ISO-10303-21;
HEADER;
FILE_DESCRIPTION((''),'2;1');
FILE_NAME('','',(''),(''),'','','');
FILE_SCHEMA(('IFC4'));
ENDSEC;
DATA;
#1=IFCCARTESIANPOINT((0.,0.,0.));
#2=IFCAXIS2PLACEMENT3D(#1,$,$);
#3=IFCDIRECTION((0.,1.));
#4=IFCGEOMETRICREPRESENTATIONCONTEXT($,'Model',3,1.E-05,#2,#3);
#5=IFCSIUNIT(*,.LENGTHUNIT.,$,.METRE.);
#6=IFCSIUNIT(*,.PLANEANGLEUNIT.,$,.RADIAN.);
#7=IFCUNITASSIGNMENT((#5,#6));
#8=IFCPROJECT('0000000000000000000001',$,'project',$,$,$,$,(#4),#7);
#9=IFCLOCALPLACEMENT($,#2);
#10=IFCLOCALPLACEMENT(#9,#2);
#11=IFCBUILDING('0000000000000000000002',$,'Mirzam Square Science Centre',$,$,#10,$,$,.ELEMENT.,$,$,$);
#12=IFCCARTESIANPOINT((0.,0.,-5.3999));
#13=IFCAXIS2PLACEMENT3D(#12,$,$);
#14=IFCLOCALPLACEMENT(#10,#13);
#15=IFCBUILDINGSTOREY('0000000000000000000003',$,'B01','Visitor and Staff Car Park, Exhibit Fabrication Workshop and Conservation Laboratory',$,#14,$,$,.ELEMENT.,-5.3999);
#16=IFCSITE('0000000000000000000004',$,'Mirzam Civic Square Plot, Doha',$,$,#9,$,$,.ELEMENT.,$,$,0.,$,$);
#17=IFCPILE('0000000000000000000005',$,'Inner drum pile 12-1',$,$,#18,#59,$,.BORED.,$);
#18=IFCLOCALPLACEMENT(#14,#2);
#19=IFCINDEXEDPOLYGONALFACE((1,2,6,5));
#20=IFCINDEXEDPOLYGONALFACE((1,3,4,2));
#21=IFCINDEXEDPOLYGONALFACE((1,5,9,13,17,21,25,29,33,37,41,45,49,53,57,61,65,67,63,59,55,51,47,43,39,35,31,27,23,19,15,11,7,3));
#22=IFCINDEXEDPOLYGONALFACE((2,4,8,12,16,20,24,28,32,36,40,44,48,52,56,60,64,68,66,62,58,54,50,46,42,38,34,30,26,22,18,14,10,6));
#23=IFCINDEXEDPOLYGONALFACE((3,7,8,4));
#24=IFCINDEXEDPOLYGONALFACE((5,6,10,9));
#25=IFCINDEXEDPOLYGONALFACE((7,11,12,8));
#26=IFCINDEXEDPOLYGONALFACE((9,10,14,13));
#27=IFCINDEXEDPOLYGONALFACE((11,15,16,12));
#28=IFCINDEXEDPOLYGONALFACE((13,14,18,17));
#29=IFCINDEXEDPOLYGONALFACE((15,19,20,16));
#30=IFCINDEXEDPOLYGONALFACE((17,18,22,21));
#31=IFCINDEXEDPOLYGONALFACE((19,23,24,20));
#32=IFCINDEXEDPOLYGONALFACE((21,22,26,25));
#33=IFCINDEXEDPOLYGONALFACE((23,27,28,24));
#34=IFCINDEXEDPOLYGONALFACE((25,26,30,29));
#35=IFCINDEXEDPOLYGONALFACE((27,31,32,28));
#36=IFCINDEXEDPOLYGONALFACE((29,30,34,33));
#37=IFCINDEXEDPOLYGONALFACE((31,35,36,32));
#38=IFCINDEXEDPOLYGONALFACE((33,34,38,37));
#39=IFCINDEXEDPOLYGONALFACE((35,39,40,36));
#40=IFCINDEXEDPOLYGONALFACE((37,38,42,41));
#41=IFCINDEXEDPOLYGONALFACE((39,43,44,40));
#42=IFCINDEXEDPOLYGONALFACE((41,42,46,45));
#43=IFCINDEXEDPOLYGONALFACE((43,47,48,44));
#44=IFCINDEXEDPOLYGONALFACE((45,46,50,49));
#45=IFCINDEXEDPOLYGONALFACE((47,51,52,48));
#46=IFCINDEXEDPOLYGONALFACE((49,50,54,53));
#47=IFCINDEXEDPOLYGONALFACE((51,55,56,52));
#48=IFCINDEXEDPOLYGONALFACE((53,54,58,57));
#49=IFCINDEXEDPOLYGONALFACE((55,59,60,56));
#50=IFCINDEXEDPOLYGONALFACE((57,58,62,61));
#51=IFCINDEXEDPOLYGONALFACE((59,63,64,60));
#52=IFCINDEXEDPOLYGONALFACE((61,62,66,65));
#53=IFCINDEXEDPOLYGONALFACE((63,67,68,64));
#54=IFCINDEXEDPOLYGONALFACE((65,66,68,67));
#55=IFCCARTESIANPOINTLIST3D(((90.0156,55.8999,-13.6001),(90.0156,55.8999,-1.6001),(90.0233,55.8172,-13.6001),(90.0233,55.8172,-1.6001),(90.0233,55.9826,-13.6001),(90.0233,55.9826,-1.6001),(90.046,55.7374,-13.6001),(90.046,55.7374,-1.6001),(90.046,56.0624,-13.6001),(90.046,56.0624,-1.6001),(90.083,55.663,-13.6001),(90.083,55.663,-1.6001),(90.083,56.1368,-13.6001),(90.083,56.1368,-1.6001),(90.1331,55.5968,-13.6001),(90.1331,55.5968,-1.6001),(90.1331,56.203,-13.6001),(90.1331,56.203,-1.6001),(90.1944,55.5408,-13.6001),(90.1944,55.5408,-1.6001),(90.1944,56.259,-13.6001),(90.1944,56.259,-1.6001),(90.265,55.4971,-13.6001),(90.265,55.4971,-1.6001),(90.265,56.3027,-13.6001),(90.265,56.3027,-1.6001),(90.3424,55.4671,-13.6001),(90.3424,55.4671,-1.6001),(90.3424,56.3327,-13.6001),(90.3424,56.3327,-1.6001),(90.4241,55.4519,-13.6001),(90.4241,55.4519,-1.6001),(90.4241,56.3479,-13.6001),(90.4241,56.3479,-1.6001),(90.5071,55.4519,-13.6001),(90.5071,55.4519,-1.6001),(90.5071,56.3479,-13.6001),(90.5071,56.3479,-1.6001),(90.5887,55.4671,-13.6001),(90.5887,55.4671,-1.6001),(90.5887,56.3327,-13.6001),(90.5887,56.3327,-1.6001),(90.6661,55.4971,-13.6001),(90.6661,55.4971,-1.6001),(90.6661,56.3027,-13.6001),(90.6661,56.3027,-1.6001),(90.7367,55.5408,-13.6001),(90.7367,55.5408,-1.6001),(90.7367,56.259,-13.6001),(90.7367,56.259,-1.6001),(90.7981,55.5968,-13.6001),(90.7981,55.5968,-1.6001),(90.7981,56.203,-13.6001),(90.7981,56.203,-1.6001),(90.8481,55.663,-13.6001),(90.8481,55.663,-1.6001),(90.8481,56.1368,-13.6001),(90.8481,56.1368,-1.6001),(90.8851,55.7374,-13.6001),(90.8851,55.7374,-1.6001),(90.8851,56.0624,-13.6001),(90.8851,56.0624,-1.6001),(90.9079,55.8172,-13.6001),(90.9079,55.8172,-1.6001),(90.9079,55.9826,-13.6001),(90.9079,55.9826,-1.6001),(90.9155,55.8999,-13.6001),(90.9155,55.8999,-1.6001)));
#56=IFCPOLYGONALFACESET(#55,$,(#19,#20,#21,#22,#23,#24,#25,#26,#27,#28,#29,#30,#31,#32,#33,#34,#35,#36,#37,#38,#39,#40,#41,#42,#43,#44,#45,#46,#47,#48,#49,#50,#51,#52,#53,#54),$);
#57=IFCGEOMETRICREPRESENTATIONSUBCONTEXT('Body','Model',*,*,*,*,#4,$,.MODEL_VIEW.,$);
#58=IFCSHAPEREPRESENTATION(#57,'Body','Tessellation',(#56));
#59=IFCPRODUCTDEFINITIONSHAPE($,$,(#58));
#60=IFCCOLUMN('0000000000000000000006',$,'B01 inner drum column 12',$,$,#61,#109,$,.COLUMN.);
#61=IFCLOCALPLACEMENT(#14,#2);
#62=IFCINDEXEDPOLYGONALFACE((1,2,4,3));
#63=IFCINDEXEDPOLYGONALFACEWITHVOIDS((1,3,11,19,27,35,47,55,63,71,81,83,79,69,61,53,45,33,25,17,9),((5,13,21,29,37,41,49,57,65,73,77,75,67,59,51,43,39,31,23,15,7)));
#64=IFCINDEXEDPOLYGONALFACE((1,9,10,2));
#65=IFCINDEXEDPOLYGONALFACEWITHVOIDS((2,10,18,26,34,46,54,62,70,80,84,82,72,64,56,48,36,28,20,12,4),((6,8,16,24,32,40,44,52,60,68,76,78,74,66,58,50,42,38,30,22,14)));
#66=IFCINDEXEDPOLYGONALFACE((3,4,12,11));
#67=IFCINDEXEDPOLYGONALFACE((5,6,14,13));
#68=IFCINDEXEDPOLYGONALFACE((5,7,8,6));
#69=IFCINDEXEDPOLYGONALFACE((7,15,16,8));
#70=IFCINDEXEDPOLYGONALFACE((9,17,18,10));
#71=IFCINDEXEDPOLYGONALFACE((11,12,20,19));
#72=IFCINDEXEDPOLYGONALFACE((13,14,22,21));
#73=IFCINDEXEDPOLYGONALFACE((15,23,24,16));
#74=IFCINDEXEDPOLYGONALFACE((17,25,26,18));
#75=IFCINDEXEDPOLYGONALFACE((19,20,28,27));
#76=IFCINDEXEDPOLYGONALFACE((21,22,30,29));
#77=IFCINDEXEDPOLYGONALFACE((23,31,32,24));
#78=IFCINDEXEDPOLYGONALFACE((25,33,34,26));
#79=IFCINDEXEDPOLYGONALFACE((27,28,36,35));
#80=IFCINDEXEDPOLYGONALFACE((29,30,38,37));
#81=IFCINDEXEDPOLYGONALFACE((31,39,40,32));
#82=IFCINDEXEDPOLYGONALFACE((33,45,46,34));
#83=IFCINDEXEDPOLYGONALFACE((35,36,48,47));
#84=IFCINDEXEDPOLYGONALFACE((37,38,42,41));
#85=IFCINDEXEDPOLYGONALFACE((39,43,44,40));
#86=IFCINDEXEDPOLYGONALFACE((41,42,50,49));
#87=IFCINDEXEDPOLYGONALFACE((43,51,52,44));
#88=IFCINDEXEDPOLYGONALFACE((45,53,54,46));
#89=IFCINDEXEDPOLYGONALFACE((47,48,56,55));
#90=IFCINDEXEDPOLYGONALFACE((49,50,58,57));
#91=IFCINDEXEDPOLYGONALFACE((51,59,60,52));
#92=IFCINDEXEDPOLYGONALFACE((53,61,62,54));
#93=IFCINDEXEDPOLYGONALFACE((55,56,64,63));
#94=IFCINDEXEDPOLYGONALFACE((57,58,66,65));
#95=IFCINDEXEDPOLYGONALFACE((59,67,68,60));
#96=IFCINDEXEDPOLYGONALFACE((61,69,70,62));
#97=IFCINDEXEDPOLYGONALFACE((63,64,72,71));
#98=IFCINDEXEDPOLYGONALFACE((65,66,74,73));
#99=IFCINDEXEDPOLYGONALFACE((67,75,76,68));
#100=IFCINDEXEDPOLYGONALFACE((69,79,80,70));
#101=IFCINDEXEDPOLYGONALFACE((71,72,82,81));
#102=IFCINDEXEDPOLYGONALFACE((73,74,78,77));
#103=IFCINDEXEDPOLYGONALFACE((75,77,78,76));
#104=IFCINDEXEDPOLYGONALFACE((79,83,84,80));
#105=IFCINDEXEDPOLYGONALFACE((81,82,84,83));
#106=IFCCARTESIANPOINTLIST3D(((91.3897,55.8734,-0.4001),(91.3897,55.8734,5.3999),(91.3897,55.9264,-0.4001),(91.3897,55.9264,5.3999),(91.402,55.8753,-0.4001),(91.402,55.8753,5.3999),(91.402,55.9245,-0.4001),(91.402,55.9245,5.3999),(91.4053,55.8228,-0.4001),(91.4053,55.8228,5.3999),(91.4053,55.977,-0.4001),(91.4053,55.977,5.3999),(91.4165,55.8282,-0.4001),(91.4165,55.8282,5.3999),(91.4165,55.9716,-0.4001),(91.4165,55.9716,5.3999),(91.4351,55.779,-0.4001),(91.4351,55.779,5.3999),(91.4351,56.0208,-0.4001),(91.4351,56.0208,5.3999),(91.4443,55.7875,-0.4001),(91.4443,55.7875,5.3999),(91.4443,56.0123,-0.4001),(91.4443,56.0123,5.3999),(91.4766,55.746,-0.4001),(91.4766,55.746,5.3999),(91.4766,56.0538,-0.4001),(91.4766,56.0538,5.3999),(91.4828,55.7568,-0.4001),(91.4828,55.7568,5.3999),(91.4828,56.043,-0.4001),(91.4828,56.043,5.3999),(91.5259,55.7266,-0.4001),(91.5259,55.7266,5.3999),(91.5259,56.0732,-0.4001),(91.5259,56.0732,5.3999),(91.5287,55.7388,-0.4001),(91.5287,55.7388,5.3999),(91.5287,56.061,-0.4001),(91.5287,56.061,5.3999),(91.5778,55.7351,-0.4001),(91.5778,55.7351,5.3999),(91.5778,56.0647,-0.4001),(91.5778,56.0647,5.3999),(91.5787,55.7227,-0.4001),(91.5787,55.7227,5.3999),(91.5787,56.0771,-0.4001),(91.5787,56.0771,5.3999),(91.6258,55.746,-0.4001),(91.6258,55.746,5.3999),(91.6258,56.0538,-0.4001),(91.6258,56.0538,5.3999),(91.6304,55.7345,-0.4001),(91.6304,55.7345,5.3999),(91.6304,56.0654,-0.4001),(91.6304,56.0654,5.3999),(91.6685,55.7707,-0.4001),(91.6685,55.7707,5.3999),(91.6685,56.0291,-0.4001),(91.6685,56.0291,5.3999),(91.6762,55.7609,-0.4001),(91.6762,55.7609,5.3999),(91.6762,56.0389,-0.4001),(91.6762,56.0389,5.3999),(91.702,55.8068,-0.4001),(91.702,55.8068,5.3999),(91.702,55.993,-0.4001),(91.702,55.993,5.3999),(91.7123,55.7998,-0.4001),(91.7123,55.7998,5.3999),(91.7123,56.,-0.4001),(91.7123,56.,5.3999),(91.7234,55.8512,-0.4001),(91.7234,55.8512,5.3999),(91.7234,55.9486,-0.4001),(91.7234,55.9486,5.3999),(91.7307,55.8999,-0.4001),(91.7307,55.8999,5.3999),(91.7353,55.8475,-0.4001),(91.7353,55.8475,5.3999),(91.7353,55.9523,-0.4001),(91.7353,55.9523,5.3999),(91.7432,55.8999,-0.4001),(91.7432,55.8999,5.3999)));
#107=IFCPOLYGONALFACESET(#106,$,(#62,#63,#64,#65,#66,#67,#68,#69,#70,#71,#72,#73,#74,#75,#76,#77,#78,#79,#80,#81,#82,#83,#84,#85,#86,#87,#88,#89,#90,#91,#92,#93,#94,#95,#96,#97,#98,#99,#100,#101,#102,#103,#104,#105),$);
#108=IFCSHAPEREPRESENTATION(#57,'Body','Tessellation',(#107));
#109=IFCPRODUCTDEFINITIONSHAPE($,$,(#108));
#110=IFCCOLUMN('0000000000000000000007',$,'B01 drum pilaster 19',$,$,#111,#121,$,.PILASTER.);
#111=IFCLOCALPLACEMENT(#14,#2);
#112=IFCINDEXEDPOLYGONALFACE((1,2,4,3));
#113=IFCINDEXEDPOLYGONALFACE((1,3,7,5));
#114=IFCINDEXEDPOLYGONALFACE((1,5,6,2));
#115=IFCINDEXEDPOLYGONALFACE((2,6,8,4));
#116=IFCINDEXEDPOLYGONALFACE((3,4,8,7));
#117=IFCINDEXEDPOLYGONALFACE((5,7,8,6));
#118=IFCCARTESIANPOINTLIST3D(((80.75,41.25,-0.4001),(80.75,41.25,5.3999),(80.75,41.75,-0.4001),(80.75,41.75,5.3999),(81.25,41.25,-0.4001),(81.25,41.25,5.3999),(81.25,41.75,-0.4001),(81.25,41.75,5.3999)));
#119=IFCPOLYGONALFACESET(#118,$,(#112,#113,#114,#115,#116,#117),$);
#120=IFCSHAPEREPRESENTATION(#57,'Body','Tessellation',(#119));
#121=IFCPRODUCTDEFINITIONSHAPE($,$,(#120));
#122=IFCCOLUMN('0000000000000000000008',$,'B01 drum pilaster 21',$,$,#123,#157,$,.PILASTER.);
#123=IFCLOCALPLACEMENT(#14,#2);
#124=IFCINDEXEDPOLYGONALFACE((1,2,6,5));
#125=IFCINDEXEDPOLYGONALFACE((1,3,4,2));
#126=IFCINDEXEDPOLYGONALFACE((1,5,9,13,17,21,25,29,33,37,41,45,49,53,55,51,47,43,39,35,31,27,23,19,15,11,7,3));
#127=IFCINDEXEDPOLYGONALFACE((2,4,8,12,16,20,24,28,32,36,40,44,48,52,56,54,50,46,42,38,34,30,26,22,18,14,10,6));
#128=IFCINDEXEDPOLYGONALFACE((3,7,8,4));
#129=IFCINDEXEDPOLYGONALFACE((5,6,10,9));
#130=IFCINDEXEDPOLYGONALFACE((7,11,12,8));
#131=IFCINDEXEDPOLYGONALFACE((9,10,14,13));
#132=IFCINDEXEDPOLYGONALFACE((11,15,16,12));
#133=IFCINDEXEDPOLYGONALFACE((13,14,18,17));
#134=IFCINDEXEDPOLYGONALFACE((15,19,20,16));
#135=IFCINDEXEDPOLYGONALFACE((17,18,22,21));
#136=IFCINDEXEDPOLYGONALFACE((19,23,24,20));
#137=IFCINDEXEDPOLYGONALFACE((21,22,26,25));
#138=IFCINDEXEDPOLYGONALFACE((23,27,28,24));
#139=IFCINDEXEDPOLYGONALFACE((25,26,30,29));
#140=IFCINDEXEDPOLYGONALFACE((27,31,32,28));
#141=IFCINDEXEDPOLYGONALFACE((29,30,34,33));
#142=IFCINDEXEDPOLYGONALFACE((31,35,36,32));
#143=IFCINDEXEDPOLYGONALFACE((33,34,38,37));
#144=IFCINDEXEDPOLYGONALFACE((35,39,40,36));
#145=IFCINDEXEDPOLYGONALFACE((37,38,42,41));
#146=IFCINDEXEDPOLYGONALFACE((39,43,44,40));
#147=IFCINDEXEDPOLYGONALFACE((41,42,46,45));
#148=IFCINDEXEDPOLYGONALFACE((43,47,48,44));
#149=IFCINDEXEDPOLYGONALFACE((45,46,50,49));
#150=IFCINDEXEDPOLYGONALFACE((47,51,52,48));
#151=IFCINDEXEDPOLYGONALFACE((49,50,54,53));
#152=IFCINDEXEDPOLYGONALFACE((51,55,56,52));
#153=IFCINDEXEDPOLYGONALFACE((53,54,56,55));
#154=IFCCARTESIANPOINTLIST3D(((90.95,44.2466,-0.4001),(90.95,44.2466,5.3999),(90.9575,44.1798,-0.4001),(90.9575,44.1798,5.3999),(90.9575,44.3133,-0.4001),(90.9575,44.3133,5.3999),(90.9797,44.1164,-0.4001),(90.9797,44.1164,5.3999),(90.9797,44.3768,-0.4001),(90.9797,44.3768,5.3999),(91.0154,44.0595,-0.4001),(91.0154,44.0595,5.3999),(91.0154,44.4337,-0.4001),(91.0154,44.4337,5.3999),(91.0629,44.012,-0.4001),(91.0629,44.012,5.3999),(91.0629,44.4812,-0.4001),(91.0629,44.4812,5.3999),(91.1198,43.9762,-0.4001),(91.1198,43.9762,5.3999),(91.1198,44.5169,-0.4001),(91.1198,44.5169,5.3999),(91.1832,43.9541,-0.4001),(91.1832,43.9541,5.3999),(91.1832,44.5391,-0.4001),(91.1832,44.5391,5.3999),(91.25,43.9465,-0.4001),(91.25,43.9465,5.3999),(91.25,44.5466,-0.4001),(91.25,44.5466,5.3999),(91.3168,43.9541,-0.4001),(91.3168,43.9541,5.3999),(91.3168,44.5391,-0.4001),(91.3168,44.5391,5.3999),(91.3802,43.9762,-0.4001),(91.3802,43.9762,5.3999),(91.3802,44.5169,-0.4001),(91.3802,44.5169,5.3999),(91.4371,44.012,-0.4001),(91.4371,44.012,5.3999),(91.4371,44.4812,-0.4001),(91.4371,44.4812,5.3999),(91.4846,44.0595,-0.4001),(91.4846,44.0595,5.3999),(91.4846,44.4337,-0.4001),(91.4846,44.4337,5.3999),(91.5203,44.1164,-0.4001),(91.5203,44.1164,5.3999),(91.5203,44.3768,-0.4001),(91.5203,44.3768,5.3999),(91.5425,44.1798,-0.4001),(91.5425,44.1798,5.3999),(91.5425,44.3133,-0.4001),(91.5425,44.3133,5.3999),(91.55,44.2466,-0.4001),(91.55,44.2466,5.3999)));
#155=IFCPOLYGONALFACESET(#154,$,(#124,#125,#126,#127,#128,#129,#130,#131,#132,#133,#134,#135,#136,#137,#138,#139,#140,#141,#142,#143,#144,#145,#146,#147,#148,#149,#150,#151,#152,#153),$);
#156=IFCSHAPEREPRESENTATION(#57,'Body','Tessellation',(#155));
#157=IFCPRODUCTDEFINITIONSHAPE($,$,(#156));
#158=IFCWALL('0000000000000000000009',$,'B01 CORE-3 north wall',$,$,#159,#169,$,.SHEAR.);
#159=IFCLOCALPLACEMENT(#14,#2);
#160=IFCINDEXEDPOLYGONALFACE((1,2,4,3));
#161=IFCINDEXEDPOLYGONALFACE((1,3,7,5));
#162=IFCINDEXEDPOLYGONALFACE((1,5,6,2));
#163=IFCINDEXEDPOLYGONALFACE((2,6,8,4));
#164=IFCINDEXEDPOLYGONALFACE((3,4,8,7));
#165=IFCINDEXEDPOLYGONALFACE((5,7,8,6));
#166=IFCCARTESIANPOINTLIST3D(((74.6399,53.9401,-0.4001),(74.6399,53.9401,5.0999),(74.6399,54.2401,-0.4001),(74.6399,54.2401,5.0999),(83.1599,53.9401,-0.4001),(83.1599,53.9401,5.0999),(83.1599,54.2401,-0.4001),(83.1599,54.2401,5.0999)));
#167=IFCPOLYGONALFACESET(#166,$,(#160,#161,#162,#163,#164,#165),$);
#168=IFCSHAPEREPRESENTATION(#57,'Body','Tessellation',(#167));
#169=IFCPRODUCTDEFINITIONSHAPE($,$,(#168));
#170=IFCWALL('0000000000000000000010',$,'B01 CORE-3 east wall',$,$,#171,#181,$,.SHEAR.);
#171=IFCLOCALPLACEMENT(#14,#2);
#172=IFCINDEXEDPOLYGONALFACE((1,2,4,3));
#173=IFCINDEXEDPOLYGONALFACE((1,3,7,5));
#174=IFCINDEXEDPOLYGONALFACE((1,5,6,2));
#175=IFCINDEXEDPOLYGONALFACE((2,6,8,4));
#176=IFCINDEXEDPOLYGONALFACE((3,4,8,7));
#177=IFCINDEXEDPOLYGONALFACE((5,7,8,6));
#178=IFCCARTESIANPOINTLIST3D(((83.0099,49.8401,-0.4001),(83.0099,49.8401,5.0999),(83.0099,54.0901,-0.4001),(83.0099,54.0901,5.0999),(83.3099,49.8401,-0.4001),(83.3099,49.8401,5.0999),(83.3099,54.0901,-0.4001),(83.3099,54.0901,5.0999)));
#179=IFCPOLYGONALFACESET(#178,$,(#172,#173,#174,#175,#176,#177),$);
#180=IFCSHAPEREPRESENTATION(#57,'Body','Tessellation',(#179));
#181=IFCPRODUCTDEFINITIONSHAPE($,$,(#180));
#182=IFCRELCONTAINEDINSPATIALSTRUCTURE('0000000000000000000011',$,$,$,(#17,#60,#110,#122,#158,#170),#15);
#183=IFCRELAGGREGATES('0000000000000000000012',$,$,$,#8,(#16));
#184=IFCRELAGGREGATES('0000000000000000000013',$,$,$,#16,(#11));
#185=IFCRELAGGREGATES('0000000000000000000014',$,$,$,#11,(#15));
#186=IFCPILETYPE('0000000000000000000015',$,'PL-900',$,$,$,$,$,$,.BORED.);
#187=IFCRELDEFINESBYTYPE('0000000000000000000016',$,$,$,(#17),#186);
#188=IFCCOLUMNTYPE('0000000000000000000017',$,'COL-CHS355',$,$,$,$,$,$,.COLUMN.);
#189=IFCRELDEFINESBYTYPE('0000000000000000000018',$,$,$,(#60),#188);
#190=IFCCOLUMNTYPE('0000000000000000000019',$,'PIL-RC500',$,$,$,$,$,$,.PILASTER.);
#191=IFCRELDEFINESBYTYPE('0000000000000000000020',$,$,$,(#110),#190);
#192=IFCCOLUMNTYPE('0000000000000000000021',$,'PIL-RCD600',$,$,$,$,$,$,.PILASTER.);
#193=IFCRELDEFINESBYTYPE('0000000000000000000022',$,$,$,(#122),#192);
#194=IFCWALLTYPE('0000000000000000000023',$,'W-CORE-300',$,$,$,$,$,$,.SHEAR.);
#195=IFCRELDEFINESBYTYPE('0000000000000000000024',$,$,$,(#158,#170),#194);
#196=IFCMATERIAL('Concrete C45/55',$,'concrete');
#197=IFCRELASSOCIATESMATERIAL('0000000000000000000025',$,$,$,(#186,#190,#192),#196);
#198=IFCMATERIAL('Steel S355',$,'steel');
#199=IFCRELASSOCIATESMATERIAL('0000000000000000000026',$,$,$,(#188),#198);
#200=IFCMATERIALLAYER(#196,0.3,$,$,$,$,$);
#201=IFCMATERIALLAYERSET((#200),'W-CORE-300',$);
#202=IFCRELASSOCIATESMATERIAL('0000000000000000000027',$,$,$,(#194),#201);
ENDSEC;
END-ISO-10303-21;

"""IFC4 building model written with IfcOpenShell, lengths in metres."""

from ifc_helpers import new_model, si_unit, direction, frame, frame_2d, origin, origin_2d, place, context, subcontext, project, spatial, rectangle, circle, hollow_circle, extrude, material, layer, layer_set, material_profile, profile_set, type_object, element, save


model = new_model("IFC4")

# Units and contexts
model_context = context("Model", 3, precision=1e-05, world=origin(), true_north=direction((0.0, 1.0)))
body_context = subcontext(model_context, "Body", "Model", "MODEL_VIEW")
ifc_project = project(units=[si_unit("LENGTHUNIT", "METRE"), si_unit("PLANEANGLEUNIT", "RADIAN")], contexts=[model_context])

# Site, building, storey
site_placement = place(None, origin())
site = spatial("IfcSite", under=ifc_project, at=site_placement, Name="Mirzam Civic Square Plot, Doha", CompositionType="ELEMENT", RefElevation=0.0)
building_placement = place(site_placement, origin())
building = spatial("IfcBuilding", under=site, at=building_placement, Name="Mirzam Square Science Centre", CompositionType="ELEMENT")
storey_placement = place(building_placement, frame((0.0, 0.0, -5.3999)))
storey = spatial("IfcBuildingStorey", under=building, at=storey_placement, Name="B01", Description="Visitor and Staff Car Park, Exhibit Fabrication Workshop and Conservation Laboratory", CompositionType="ELEMENT", Elevation=-5.3999)

# Shared definitions
ifc_material_1 = material(Name="Concrete C45/55", Category="concrete")

# Pile
ifc_material_profile_1 = material_profile(ifc_material_1, circle(Radius=0.45, at=origin_2d()), Name="PILE-D900")
ifc_profile_set_1 = profile_set([ifc_material_profile_1], Name="Concrete C45/55")
pile_type_1 = type_object("IfcPileType", Name="PL-900", PredefinedType="BORED", material=ifc_profile_set_1)
for number, where, z_axis, x_axis, name in (
    (1, (90.4656, 55.8999, -1.6001), (0.0, 0.0, -1.0), (1.0, 0.0, 0.0), "Inner drum pile 12-1"),
):
    element("IfcPile", number, at=place(storey_placement, frame(where, z_axis=z_axis, x_axis=x_axis)), inside=storey, type_object=pile_type_1, Name=name, PredefinedType="BORED", context=body_context, shape_type="SweptSolid", body=[
        extrude(circle(Radius=0.45, at=origin_2d()), origin(), (0.0, 0.0, 1.0), 12.0),
    ])

# Columns
ifc_material_2 = material(Name="Steel S355", Category="steel")
ifc_material_profile_2 = material_profile(ifc_material_2, hollow_circle(Radius=0.1777, WallThickness=0.0125, at=origin_2d()), Name="355.6x12.5CHS")
ifc_profile_set_2 = profile_set([ifc_material_profile_2], Name="Steel S355")
column_type_1 = type_object("IfcColumnType", Name="COL-CHS355", PredefinedType="COLUMN", material=ifc_profile_set_2)
column_1_placement = place(storey_placement, frame((91.5654, 55.8999, -0.4001), z_axis=(0.0, 0.0, 1.0), x_axis=(1.0, 0.0, 0.0)))
element("IfcColumn", 2, at=column_1_placement, inside=storey, type_object=column_type_1, Name="B01 inner drum column 12", PredefinedType="COLUMN", context=body_context, shape_type="SweptSolid", body=[
    extrude(hollow_circle(Radius=0.1777, WallThickness=0.0125, at=origin_2d()), origin(), (0.0, 0.0, 1.0), 5.8),
])
ifc_material_profile_3 = material_profile(ifc_material_1, rectangle(XDim=0.5, YDim=0.5, at=origin_2d()), Name="RC500x500")
ifc_profile_set_3 = profile_set([ifc_material_profile_3], Name="Concrete C45/55")
column_type_2 = type_object("IfcColumnType", Name="PIL-RC500", PredefinedType="PILASTER", material=ifc_profile_set_3)
column_2_placement = place(storey_placement, frame((81.0, 41.5, -0.4001), z_axis=(0.0, 0.0, 1.0), x_axis=(1.0, 0.0, 0.0)))
element("IfcColumn", 3, at=column_2_placement, inside=storey, type_object=column_type_2, Name="B01 drum pilaster 19", PredefinedType="PILASTER", context=body_context, shape_type="SweptSolid", body=[
    extrude(rectangle(XDim=0.5, YDim=0.5, at=origin_2d()), origin(), (0.0, 0.0, 1.0), 5.8),
])
ifc_material_profile_4 = material_profile(ifc_material_1, circle(Radius=0.3, at=origin_2d()), Name="RCD600")
ifc_profile_set_4 = profile_set([ifc_material_profile_4], Name="Concrete C45/55")
column_type_3 = type_object("IfcColumnType", Name="PIL-RCD600", PredefinedType="PILASTER", material=ifc_profile_set_4)
column_3_placement = place(storey_placement, frame((91.25, 44.2466, -0.4001), z_axis=(0.0, 0.0, 1.0), x_axis=(1.0, 0.0, 0.0)))
element("IfcColumn", 4, at=column_3_placement, inside=storey, type_object=column_type_3, Name="B01 drum pilaster 21", PredefinedType="PILASTER", context=body_context, shape_type="SweptSolid", body=[
    extrude(circle(Radius=0.3, at=origin_2d()), origin(), (0.0, 0.0, 1.0), 5.8),
])

# Walls
ifc_layer_1 = layer(ifc_material_1, 0.3)
ifc_layer_set_1 = layer_set([ifc_layer_1], Name="W-CORE-300")
wall_type_1 = type_object("IfcWallType", Name="W-CORE-300", PredefinedType="SHEAR", material=ifc_layer_set_1)
wall_1_placement = place(storey_placement, frame((83.1599, 54.0901, -0.4001), z_axis=(0.0, 0.0, 1.0), x_axis=(-1.0, 0.0, 0.0)))
element("IfcWall", 5, at=wall_1_placement, inside=storey, type_object=wall_type_1, Name="B01 CORE-3 north wall", PredefinedType="SHEAR", context=body_context, shape_type="SweptSolid", body=[
    extrude(rectangle(XDim=8.52, YDim=0.3, at=frame_2d((4.26, 0.0))), origin(), (0.0, 0.0, 1.0), 5.5),
])
wall_2_placement = place(storey_placement, frame((83.1599, 49.8401, -0.4001), z_axis=(0.0, 0.0, 1.0), x_axis=(0.0, 1.0, 0.0)))
element("IfcWall", 6, at=wall_2_placement, inside=storey, type_object=wall_type_1, Name="B01 CORE-3 east wall", PredefinedType="SHEAR", context=body_context, shape_type="SweptSolid", body=[
    extrude(rectangle(XDim=4.25, YDim=0.3, at=frame_2d((2.125, 0.0))), origin(), (0.0, 0.0, 1.0), 5.5),
])

save(model, "model.ifc")
